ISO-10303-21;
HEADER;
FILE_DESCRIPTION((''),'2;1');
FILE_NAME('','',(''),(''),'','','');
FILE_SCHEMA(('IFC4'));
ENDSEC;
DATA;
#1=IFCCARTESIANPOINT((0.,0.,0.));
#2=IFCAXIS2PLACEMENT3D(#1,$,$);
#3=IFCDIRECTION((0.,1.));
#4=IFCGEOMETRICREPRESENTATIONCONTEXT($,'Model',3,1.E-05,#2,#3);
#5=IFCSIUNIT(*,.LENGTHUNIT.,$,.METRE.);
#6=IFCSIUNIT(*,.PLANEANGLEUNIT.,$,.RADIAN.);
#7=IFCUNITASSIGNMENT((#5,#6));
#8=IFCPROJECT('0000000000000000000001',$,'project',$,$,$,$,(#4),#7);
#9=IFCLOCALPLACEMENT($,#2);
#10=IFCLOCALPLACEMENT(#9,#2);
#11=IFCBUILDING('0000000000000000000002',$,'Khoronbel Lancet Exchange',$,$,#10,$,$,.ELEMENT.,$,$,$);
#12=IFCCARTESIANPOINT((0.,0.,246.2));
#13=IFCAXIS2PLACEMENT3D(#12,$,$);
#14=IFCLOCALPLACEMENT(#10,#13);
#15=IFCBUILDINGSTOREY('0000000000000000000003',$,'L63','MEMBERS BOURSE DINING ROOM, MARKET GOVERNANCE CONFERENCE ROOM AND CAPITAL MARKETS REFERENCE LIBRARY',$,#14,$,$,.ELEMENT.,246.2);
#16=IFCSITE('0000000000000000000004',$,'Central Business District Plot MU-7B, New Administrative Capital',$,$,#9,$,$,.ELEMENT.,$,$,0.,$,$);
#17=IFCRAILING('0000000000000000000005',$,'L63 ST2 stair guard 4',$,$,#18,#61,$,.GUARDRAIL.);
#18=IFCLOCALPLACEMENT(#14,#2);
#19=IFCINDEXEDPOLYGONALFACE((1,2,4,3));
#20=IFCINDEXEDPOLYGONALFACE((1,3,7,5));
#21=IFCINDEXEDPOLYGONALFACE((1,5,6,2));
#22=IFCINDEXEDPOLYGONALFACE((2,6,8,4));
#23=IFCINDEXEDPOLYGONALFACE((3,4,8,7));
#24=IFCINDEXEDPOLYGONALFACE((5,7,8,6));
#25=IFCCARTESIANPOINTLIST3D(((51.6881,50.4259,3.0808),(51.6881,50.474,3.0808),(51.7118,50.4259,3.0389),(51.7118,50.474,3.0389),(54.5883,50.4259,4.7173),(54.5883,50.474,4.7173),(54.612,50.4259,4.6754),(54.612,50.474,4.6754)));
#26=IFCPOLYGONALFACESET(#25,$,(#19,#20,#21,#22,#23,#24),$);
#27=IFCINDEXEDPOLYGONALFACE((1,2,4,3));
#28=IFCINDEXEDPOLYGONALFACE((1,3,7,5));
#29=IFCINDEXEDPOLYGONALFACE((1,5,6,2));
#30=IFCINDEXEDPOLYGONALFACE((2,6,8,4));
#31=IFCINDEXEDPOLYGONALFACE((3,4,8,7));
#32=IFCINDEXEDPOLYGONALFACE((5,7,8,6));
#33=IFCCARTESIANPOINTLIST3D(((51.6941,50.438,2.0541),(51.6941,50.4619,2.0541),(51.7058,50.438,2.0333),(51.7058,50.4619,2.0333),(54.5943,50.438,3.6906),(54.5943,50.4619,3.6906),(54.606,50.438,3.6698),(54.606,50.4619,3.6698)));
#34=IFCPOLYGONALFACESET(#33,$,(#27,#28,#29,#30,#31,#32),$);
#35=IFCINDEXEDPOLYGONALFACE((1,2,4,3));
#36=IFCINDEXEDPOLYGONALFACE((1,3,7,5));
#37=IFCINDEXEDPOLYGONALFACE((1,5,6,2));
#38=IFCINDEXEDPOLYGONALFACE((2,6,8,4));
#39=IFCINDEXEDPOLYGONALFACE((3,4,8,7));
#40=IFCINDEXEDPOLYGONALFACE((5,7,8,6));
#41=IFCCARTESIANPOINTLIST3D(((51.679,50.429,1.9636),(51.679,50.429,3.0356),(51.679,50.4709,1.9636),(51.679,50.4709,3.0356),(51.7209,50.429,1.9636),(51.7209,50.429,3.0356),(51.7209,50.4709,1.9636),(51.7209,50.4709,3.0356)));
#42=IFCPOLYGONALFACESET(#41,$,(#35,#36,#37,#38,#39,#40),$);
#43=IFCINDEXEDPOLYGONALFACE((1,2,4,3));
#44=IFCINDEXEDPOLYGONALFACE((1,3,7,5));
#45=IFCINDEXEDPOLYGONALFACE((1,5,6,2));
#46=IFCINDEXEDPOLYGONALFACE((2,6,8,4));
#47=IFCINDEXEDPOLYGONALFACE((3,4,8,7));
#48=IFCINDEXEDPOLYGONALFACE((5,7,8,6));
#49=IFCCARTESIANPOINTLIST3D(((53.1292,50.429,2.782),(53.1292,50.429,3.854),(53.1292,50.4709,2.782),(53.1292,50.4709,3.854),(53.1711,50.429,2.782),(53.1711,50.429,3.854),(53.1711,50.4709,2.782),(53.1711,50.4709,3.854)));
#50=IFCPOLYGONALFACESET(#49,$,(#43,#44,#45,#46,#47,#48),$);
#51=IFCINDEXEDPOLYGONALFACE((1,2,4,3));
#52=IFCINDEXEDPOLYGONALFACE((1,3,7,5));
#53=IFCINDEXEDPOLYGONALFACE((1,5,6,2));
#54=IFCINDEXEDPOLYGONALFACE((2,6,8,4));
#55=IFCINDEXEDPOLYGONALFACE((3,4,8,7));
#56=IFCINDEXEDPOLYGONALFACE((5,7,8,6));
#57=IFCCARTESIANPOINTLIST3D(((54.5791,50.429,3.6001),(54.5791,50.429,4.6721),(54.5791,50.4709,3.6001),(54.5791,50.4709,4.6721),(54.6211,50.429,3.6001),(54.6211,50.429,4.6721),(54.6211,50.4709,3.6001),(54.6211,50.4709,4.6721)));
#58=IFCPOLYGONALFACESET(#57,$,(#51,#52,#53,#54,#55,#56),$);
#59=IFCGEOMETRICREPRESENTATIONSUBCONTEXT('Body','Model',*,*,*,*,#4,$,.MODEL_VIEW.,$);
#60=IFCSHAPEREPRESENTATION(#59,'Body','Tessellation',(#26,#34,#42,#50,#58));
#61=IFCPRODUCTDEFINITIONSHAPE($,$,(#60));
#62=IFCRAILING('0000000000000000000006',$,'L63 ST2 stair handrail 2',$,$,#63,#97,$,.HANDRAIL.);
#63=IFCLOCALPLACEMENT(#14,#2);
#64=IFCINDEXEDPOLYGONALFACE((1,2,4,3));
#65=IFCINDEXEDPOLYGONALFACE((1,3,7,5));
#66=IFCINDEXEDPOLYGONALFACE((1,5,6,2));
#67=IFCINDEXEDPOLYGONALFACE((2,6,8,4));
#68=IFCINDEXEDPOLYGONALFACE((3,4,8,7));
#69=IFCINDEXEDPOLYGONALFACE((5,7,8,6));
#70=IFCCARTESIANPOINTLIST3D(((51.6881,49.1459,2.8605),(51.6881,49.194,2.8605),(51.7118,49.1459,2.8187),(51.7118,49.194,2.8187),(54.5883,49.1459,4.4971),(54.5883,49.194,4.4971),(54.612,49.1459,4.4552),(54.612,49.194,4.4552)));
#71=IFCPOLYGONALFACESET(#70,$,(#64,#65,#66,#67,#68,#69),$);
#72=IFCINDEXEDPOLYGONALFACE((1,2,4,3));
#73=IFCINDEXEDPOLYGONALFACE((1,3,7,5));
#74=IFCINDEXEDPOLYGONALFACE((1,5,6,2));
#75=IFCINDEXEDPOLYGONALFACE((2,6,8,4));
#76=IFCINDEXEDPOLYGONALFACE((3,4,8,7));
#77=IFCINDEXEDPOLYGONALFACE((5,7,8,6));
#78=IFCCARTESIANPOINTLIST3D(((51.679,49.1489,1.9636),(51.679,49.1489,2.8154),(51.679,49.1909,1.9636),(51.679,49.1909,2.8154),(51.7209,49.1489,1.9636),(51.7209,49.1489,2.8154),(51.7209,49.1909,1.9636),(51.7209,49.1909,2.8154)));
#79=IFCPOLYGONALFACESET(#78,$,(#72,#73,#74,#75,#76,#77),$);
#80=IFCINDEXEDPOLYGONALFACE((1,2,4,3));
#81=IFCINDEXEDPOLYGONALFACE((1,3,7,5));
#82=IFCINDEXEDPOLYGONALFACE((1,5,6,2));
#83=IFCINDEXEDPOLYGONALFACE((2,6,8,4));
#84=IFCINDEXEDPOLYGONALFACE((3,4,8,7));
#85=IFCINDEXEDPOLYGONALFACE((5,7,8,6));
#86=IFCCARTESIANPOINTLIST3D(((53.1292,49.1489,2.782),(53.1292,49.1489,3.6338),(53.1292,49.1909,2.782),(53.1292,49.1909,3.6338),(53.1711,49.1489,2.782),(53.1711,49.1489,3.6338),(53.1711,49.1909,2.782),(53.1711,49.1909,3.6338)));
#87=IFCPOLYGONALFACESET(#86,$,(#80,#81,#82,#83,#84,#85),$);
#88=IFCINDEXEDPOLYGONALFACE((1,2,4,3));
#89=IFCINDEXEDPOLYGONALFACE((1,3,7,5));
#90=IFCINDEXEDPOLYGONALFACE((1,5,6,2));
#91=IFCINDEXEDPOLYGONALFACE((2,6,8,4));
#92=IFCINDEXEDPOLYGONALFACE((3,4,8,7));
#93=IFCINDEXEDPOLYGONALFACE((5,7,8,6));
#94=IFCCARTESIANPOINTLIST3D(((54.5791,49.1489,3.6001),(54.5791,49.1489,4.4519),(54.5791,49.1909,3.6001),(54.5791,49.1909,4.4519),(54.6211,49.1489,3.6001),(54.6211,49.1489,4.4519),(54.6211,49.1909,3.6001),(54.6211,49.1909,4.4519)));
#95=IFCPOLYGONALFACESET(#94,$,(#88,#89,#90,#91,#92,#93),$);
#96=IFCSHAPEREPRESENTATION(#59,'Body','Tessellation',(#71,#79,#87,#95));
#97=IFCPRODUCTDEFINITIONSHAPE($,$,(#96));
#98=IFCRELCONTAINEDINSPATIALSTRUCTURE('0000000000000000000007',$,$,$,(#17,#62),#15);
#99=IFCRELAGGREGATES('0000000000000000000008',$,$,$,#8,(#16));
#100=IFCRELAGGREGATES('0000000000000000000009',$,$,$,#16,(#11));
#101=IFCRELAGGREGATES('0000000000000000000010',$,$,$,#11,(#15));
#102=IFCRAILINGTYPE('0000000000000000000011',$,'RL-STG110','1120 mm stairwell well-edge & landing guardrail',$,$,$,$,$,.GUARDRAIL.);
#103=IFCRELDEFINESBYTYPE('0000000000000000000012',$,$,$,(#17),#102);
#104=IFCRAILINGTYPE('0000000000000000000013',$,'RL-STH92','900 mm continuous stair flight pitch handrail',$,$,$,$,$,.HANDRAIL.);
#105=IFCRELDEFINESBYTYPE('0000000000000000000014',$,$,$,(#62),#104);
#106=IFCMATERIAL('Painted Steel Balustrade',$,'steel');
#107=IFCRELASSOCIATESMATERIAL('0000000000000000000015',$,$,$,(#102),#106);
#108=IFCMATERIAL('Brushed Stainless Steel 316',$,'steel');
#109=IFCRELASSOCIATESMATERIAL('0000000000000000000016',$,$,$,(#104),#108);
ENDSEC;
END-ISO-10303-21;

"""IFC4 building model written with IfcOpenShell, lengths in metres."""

from ifc_helpers import new_model, si_unit, direction, frame, origin, origin_2d, place, context, subcontext, project, spatial, rectangle, extrude, material, type_object, element, save


model = new_model("IFC4")

# Units and contexts
model_context = context("Model", 3, precision=1e-05, world=origin(), true_north=direction((0.0, 1.0)))
body_context = subcontext(model_context, "Body", "Model", "MODEL_VIEW")
ifc_project = project(units=[si_unit("LENGTHUNIT", "METRE"), si_unit("PLANEANGLEUNIT", "RADIAN")], contexts=[model_context])

# Site, building, storey
site_placement = place(None, origin())
site = spatial("IfcSite", under=ifc_project, at=site_placement, Name="Central Business District Plot MU-7B, New Administrative Capital", CompositionType="ELEMENT", RefElevation=0.0)
building_placement = place(site_placement, origin())
building = spatial("IfcBuilding", under=site, at=building_placement, Name="Khoronbel Lancet Exchange", CompositionType="ELEMENT")
storey_placement = place(building_placement, frame((0.0, 0.0, 246.2)))
storey = spatial("IfcBuildingStorey", under=building, at=storey_placement, Name="L63", Description="MEMBERS BOURSE DINING ROOM, MARKET GOVERNANCE CONFERENCE ROOM AND CAPITAL MARKETS REFERENCE LIBRARY", CompositionType="ELEMENT", Elevation=246.2)

# Railings
ifc_material_1 = material(Name="Painted Steel Balustrade", Category="steel")
railing_type_1 = type_object("IfcRailingType", Name="RL-STG110", Description="1120 mm stairwell well-edge & landing guardrail", PredefinedType="GUARDRAIL", material=ifc_material_1)
railing_1_placement = place(storey_placement, frame((51.7, 50.45, 1.9636)))
element("IfcRailing", 1, at=railing_1_placement, inside=storey, type_object=railing_type_1, Name="L63 ST2 stair guard 4", PredefinedType="GUARDRAIL", context=body_context, shape_type="SweptSolid", body=[
    extrude(rectangle(XDim=0.0481, YDim=0.0481, at=origin_2d()), frame((0.0, 0.0, 1.0962), z_axis=(0.870915, 0.0, 0.491434), x_axis=(0.0, 1.0, 0.0)), (0.0, 0.0, 1.0), 3.3301),
    extrude(rectangle(XDim=0.0239, YDim=0.0239, at=origin_2d()), frame((0.0, 0.0, 0.0801), z_axis=(0.870915, 0.0, 0.491434), x_axis=(0.0, 1.0, 0.0)), (0.0, 0.0, 1.0), 3.3301),
    extrude(rectangle(XDim=0.042, YDim=0.042, at=origin_2d()), origin(), (0.0, 0.0, 1.0), 1.072),
    extrude(rectangle(XDim=0.042, YDim=0.042, at=origin_2d()), frame((1.4502, 0.0, 0.8184)), (0.0, 0.0, 1.0), 1.072),
    extrude(rectangle(XDim=0.042, YDim=0.042, at=origin_2d()), frame((2.9001, 0.0, 1.6365)), (0.0, 0.0, 1.0), 1.072),
])
ifc_material_2 = material(Name="Brushed Stainless Steel 316", Category="steel")
railing_type_2 = type_object("IfcRailingType", Name="RL-STH92", Description="900 mm continuous stair flight pitch handrail", PredefinedType="HANDRAIL", material=ifc_material_2)
railing_2_placement = place(storey_placement, frame((51.7, 49.1699, 1.9636)))
element("IfcRailing", 2, at=railing_2_placement, inside=storey, type_object=railing_type_2, Name="L63 ST2 stair handrail 2", PredefinedType="HANDRAIL", context=body_context, shape_type="SweptSolid", body=[
    extrude(rectangle(XDim=0.0481, YDim=0.0481, at=origin_2d()), frame((0.0, 0.0, 0.876), z_axis=(0.870915, 0.0, 0.491434), x_axis=(0.0, 1.0, 0.0)), (0.0, 0.0, 1.0), 3.3301),
    extrude(rectangle(XDim=0.042, YDim=0.042, at=origin_2d()), origin(), (0.0, 0.0, 1.0), 0.8518),
    extrude(rectangle(XDim=0.042, YDim=0.042, at=origin_2d()), frame((1.4502, 0.0, 0.8184)), (0.0, 0.0, 1.0), 0.8518),
    extrude(rectangle(XDim=0.042, YDim=0.042, at=origin_2d()), frame((2.9001, 0.0, 1.6365)), (0.0, 0.0, 1.0), 0.8518),
])

save(model, "model.ifc")
